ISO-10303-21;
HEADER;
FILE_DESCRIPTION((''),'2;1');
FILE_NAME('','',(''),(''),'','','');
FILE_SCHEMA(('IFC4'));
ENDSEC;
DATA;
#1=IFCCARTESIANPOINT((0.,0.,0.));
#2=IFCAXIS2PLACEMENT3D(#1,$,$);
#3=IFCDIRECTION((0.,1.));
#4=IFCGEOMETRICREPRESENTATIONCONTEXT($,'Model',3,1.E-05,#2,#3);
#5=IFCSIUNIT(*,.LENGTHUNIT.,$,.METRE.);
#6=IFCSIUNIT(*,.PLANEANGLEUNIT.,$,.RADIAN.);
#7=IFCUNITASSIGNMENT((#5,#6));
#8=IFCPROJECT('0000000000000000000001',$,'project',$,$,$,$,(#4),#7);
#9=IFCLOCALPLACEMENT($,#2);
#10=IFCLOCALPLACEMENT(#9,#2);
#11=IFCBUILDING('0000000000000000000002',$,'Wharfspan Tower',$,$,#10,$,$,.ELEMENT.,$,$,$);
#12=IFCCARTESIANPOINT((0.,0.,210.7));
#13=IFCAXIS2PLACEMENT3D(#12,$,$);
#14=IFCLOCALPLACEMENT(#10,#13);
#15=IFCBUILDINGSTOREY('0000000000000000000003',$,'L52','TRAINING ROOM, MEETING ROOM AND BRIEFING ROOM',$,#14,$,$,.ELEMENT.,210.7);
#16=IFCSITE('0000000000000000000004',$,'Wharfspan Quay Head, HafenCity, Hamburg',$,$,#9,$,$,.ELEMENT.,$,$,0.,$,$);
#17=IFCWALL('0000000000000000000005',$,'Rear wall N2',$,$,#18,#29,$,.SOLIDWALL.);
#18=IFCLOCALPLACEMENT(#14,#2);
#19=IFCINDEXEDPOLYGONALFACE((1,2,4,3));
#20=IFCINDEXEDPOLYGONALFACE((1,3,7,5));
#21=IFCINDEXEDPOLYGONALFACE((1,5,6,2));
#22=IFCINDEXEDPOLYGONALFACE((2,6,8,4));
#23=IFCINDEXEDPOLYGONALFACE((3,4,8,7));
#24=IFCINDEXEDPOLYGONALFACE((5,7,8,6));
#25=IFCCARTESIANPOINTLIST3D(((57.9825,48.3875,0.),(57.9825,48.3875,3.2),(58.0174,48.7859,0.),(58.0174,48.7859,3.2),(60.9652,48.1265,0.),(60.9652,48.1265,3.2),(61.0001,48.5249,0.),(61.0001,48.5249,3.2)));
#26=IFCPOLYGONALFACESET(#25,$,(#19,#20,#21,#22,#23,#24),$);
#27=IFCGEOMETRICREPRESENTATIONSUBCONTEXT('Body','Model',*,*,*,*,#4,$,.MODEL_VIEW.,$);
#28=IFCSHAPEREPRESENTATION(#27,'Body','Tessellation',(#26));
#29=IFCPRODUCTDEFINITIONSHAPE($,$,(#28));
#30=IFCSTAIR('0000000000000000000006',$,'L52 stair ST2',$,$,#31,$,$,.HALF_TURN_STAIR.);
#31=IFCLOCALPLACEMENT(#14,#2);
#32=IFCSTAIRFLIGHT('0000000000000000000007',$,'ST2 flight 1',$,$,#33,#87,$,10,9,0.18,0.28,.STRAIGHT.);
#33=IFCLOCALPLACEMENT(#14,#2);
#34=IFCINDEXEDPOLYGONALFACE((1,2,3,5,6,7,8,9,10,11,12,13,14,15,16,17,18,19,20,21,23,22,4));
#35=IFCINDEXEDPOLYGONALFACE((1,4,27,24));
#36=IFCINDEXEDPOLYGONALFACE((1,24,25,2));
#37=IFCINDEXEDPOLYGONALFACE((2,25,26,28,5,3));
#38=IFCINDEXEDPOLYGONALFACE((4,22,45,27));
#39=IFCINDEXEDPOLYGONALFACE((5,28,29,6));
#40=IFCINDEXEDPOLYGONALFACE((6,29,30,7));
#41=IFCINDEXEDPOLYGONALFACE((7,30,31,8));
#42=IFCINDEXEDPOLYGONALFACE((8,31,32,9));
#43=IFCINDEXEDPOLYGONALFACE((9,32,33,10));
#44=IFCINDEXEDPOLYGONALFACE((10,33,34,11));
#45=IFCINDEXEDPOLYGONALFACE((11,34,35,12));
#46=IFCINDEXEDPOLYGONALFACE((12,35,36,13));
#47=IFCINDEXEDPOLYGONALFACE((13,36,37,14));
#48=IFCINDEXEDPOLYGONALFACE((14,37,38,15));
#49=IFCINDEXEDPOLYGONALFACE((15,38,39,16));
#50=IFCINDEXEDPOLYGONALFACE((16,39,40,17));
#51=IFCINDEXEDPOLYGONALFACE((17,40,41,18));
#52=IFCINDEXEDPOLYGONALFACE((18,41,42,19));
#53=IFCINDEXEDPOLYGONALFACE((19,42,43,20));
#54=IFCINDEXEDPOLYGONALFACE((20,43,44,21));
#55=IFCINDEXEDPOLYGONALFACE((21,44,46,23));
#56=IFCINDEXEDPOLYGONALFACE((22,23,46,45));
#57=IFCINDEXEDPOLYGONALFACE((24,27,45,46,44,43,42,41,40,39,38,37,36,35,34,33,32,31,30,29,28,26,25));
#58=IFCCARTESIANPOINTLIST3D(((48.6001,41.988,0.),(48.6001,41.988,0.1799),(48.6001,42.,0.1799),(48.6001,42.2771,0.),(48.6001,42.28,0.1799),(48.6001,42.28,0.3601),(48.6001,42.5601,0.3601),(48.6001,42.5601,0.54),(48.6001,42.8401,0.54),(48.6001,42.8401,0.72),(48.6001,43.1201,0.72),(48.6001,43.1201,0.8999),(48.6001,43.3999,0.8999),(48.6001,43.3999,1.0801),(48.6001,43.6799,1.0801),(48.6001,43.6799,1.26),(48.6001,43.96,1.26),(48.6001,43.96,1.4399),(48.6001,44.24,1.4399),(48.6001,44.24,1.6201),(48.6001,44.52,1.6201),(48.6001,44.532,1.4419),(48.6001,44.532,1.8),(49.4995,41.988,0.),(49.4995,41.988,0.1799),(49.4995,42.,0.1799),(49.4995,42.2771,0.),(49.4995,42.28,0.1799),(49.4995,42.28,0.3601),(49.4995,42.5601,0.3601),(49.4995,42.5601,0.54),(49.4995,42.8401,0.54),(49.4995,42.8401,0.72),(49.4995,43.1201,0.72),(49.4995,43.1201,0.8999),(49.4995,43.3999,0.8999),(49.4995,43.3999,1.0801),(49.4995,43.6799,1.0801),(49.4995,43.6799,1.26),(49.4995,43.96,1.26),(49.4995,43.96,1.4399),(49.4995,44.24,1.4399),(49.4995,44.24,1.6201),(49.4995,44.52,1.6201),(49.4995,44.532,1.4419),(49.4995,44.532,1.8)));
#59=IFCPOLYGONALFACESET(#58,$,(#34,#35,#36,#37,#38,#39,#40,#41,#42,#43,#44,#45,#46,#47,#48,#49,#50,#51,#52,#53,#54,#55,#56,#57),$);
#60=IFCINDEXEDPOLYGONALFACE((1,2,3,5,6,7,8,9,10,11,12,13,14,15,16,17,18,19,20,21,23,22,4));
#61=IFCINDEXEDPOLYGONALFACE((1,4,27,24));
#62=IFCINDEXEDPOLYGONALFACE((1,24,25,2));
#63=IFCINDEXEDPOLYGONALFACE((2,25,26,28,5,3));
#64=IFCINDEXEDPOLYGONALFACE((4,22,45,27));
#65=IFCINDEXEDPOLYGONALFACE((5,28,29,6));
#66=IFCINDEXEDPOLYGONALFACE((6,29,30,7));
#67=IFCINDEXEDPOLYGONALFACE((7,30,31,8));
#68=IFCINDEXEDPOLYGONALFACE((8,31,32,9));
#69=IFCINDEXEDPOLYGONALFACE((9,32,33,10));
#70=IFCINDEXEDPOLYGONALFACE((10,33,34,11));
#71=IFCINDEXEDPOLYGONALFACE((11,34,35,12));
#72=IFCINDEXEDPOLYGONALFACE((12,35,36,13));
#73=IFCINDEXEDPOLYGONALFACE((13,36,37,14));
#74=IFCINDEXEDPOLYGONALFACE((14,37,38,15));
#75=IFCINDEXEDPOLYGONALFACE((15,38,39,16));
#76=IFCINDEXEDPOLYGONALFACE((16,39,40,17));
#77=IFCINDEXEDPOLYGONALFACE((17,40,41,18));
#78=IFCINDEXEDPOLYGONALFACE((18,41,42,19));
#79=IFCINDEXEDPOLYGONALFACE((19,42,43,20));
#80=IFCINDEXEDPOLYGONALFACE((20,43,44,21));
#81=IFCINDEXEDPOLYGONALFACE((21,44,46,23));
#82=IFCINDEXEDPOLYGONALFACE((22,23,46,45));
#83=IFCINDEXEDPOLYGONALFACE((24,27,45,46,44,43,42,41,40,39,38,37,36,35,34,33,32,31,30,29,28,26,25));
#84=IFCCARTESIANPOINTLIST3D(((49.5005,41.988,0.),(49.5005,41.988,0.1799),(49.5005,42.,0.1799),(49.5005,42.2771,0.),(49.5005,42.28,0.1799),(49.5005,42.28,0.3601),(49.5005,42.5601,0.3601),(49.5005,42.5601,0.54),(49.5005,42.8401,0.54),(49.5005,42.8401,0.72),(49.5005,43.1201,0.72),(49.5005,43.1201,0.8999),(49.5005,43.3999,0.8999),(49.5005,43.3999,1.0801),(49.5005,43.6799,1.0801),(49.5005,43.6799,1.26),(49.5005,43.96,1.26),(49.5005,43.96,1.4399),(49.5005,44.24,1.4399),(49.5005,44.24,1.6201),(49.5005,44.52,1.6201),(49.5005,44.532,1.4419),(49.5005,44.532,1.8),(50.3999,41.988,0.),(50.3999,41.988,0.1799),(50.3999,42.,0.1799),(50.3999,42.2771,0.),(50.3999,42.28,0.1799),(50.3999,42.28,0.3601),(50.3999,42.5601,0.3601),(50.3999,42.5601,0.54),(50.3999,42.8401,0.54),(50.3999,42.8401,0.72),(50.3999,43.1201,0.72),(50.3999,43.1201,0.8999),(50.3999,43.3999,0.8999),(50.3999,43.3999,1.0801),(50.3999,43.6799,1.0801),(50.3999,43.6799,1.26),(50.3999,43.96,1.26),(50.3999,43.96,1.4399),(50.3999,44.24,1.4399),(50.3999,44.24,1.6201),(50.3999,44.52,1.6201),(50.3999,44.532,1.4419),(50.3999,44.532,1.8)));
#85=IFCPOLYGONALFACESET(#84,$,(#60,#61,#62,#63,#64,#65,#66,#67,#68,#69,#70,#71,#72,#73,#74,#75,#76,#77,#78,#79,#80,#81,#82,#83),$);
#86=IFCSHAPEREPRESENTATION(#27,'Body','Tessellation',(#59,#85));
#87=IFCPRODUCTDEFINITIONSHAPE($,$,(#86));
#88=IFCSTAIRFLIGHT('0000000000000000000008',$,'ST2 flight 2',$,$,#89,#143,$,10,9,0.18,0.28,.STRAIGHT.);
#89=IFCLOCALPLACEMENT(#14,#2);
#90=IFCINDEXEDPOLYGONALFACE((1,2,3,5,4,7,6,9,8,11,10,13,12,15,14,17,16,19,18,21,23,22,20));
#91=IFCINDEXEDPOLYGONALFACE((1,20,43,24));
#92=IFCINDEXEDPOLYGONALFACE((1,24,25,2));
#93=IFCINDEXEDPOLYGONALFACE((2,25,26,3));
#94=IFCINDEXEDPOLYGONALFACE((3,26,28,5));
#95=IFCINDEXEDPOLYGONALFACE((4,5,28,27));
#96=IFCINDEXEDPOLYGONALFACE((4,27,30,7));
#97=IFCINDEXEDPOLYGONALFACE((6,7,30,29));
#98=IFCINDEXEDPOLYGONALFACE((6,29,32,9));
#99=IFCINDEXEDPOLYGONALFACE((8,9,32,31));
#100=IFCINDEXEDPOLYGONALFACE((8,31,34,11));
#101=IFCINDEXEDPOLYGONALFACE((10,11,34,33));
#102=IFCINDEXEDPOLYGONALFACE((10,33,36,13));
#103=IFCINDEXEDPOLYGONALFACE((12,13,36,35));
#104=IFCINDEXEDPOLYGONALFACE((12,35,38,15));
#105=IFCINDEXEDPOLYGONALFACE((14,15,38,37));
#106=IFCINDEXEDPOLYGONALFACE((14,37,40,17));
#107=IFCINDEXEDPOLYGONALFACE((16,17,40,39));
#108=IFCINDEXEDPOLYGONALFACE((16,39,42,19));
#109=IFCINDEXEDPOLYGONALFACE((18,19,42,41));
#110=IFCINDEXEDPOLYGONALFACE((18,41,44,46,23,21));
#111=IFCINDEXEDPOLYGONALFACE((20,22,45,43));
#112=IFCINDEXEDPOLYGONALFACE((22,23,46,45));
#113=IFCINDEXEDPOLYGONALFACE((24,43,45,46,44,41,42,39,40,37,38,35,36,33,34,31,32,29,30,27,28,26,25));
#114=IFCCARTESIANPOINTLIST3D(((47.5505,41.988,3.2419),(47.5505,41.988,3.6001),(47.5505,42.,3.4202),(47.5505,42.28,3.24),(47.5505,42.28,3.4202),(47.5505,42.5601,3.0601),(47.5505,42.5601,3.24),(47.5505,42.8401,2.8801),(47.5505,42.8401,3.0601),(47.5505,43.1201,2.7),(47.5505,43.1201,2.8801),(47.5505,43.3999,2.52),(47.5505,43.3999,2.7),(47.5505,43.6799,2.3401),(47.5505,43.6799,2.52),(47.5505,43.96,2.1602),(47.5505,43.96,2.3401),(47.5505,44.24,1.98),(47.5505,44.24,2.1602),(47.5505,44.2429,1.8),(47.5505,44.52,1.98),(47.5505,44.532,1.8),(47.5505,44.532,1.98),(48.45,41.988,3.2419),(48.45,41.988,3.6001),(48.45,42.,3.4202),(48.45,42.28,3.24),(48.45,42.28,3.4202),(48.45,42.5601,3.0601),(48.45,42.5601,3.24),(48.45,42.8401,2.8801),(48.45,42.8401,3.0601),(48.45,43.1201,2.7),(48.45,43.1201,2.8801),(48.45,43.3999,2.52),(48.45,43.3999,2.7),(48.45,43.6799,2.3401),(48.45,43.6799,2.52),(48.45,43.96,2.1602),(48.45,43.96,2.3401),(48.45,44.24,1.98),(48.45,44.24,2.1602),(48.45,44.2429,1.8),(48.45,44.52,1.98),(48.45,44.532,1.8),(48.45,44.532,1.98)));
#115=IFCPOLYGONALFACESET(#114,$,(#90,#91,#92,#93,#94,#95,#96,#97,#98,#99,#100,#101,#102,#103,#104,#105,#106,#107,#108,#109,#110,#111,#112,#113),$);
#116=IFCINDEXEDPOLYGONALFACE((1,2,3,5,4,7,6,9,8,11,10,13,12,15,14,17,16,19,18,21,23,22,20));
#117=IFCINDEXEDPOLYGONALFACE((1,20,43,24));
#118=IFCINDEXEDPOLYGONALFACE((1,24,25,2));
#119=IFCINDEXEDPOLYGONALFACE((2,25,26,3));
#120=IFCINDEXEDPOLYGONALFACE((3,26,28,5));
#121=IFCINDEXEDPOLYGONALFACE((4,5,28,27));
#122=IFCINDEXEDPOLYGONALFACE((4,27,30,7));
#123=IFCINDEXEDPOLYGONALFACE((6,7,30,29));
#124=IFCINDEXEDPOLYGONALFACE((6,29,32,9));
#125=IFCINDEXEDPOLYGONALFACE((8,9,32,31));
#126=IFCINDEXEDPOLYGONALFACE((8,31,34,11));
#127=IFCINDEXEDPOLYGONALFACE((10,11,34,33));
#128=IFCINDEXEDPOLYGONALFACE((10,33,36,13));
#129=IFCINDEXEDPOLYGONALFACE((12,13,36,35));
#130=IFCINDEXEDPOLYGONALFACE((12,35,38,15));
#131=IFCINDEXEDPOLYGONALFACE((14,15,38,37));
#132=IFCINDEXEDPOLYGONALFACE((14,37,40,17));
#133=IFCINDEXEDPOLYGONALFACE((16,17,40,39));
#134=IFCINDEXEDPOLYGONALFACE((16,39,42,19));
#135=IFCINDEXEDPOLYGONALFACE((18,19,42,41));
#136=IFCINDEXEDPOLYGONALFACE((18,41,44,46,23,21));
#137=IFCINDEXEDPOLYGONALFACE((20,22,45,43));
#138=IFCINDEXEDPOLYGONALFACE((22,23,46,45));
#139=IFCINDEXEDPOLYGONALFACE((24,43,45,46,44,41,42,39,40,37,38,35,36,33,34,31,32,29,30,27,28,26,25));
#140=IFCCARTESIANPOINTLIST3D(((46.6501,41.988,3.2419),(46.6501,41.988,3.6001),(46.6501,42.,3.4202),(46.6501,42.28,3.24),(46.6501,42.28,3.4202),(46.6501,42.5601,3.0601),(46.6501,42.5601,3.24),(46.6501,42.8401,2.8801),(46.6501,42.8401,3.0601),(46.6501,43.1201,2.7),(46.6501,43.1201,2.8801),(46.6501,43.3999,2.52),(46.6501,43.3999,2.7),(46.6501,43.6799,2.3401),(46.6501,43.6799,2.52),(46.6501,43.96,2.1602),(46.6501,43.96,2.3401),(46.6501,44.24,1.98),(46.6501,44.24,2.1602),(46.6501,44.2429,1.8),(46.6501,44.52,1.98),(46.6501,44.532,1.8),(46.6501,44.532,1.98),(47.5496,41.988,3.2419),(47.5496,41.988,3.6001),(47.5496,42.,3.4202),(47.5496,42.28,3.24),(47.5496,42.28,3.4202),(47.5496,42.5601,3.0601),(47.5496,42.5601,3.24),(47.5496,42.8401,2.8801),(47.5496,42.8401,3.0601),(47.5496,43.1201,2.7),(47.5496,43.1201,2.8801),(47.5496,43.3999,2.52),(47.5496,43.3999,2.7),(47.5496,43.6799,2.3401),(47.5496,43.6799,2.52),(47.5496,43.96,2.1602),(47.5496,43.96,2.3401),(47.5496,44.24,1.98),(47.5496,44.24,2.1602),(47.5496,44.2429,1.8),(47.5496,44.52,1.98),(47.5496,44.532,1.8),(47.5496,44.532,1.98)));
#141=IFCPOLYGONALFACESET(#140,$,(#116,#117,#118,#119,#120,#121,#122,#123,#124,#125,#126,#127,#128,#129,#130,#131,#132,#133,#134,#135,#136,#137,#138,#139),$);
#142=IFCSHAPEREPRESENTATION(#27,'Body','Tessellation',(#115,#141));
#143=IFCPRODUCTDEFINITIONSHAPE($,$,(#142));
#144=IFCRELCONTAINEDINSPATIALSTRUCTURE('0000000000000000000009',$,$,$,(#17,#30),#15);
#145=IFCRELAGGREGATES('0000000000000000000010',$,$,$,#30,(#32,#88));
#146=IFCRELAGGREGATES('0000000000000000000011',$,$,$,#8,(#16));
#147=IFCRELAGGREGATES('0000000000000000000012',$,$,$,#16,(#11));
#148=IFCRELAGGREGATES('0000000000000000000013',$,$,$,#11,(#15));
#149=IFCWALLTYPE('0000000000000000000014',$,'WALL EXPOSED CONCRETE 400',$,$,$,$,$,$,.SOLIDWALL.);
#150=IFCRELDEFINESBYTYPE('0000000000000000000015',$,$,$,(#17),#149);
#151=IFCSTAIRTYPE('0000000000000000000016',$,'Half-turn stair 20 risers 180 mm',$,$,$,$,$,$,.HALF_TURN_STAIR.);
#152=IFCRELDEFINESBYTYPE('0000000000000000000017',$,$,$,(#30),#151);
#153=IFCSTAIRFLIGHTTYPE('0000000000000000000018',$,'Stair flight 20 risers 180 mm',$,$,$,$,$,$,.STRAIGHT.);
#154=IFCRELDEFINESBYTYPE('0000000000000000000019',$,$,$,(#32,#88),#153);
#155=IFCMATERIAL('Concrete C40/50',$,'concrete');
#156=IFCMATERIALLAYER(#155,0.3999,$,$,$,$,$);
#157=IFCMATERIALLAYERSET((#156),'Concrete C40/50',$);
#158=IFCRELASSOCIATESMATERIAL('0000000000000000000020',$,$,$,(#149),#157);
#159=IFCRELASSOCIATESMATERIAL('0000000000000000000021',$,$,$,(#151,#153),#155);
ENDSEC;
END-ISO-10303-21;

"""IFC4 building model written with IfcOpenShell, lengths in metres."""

from ifc_helpers import new_model, si_unit, direction, frame, frame_2d, origin, place, context, subcontext, project, spatial, polyline, rectangle, outline, extrude, material, layer, layer_set, type_object, element, aggregate, save


model = new_model("IFC4")

# Units and contexts
model_context = context("Model", 3, precision=1e-05, world=origin(), true_north=direction((0.0, 1.0)))
body_context = subcontext(model_context, "Body", "Model", "MODEL_VIEW")
ifc_project = project(units=[si_unit("LENGTHUNIT", "METRE"), si_unit("PLANEANGLEUNIT", "RADIAN")], contexts=[model_context])

# Site, building, storey
site_placement = place(None, origin())
site = spatial("IfcSite", under=ifc_project, at=site_placement, Name="Wharfspan Quay Head, HafenCity, Hamburg", CompositionType="ELEMENT", RefElevation=0.0)
building_placement = place(site_placement, origin())
building = spatial("IfcBuilding", under=site, at=building_placement, Name="Wharfspan Tower", CompositionType="ELEMENT")
storey_placement = place(building_placement, frame((0.0, 0.0, 210.7)))
storey = spatial("IfcBuildingStorey", under=building, at=storey_placement, Name="L52", Description="TRAINING ROOM, MEETING ROOM AND BRIEFING ROOM", CompositionType="ELEMENT", Elevation=210.7)

# Wall
ifc_material_1 = material(Name="Concrete C40/50", Category="concrete")
ifc_layer_1 = layer(ifc_material_1, 0.3999)
ifc_layer_set_1 = layer_set([ifc_layer_1], Name="Concrete C40/50")
wall_type_1 = type_object("IfcWallType", Name="WALL EXPOSED CONCRETE 400", PredefinedType="SOLIDWALL", material=ifc_layer_set_1)
wall_1_placement = place(storey_placement, frame((60.9827, 48.3257, 0.0), z_axis=(0.0, 0.0, 1.0), x_axis=(-0.996194, 0.087168, 0.0)))
element("IfcWall", 1, at=wall_1_placement, inside=storey, type_object=wall_type_1, Name="Rear wall N2", PredefinedType="SOLIDWALL", context=body_context, shape_type="SweptSolid", body=[
    extrude(rectangle(XDim=2.9941, YDim=0.3999, at=frame_2d((1.4971, 0.0))), origin(), (0.0, 0.0, 1.0), 3.2),
])

# Stair, stair flights
stair_type = type_object("IfcStairType", Name="Half-turn stair 20 risers 180 mm", PredefinedType="HALF_TURN_STAIR", material=ifc_material_1)
stair_placement = place(storey_placement, origin())
stair = element("IfcStair", 2, at=stair_placement, inside=storey, type_object=stair_type, Name="L52 stair ST2", PredefinedType="HALF_TURN_STAIR")
stair_flight_type = type_object("IfcStairFlightType", Name="Stair flight 20 risers 180 mm", PredefinedType="STRAIGHT", material=ifc_material_1)
stair_flight_1_placement = place(storey_placement, frame((49.5, 42.0, 0.0), z_axis=(0.0, 0.0, 1.0), x_axis=(0.0, 1.0, 0.0)))
stair_flight_1 = element("IfcStairFlight", 3, at=stair_flight_1_placement, type_object=stair_flight_type, Name="ST2 flight 1", NumberOfRisers=10, NumberOfTreads=9, PredefinedType="STRAIGHT", RiserHeight=0.18, TreadLength=0.28, context=body_context, shape_type="SweptSolid", body=[
    extrude(outline(polyline([(-0.012, 0.0), (-0.012, 0.1799), (0.0, 0.1799), (0.28, 0.1799), (0.28, 0.3601), (0.5601, 0.3601), (0.5601, 0.54), (0.8401, 0.54), (0.8401, 0.72), (1.1201, 0.72), (1.1201, 0.8999), (1.3999, 0.8999), (1.3999, 1.0801), (1.6799, 1.0801), (1.6799, 1.26), (1.96, 1.26), (1.96, 1.4399), (2.24, 1.4399), (2.24, 1.6201), (2.52, 1.6201), (2.532, 1.8), (2.532, 1.4419), (0.2771, 0.0), (-0.012, 0.0)])), frame((0.0, 0.8999, 0.0), z_axis=(0.0, -1.0, 0.0), x_axis=(1.0, 0.0, 0.0)), (0.0, 0.0, 1.0), 0.8994),
    extrude(outline(polyline([(-0.012, 0.0), (-0.012, 0.1799), (0.0, 0.1799), (0.28, 0.1799), (0.28, 0.3601), (0.5601, 0.3601), (0.5601, 0.54), (0.8401, 0.54), (0.8401, 0.72), (1.1201, 0.72), (1.1201, 0.8999), (1.3999, 0.8999), (1.3999, 1.0801), (1.6799, 1.0801), (1.6799, 1.26), (1.96, 1.26), (1.96, 1.4399), (2.24, 1.4399), (2.24, 1.6201), (2.52, 1.6201), (2.532, 1.8), (2.532, 1.4419), (0.2771, 0.0), (-0.012, 0.0)])), frame((0.0, -0.0005, 0.0), z_axis=(0.0, -1.0, 0.0), x_axis=(1.0, 0.0, 0.0)), (0.0, 0.0, 1.0), 0.8994),
])
stair_flight_2_placement = place(storey_placement, frame((47.55, 44.52, 1.8), z_axis=(0.0, 0.0, 1.0), x_axis=(0.0, -1.0, 0.0)))
stair_flight_2 = element("IfcStairFlight", 4, at=stair_flight_2_placement, type_object=stair_flight_type, Name="ST2 flight 2", NumberOfRisers=10, NumberOfTreads=9, PredefinedType="STRAIGHT", RiserHeight=0.18, TreadLength=0.28, context=body_context, shape_type="SweptSolid", body=[
    extrude(outline(polyline([(-0.012, 0.0), (-0.012, 0.1799), (0.0, 0.1799), (0.28, 0.1799), (0.28, 0.3601), (0.5601, 0.3601), (0.5601, 0.54), (0.8401, 0.54), (0.8401, 0.72), (1.1201, 0.72), (1.1201, 0.8999), (1.3999, 0.8999), (1.3999, 1.0801), (1.6799, 1.0801), (1.6799, 1.26), (1.96, 1.26), (1.96, 1.4399), (2.24, 1.4399), (2.24, 1.6201), (2.52, 1.6201), (2.532, 1.8), (2.532, 1.4419), (0.2771, 0.0), (-0.012, 0.0)])), frame((0.0, 0.8999, 0.0), z_axis=(0.0, -1.0, 0.0), x_axis=(1.0, 0.0, 0.0)), (0.0, 0.0, 1.0), 0.8994),
    extrude(outline(polyline([(-0.012, 0.0), (-0.012, 0.1799), (0.0, 0.1799), (0.28, 0.1799), (0.28, 0.3601), (0.5601, 0.3601), (0.5601, 0.54), (0.8401, 0.54), (0.8401, 0.72), (1.1201, 0.72), (1.1201, 0.8999), (1.3999, 0.8999), (1.3999, 1.0801), (1.6799, 1.0801), (1.6799, 1.26), (1.96, 1.26), (1.96, 1.4399), (2.24, 1.4399), (2.24, 1.6201), (2.52, 1.6201), (2.532, 1.8), (2.532, 1.4419), (0.2771, 0.0), (-0.012, 0.0)])), frame((0.0, -0.0005, 0.0), z_axis=(0.0, -1.0, 0.0), x_axis=(1.0, 0.0, 0.0)), (0.0, 0.0, 1.0), 0.8994),
])
aggregate(stair, [stair_flight_1, stair_flight_2])

save(model, "model.ifc")
